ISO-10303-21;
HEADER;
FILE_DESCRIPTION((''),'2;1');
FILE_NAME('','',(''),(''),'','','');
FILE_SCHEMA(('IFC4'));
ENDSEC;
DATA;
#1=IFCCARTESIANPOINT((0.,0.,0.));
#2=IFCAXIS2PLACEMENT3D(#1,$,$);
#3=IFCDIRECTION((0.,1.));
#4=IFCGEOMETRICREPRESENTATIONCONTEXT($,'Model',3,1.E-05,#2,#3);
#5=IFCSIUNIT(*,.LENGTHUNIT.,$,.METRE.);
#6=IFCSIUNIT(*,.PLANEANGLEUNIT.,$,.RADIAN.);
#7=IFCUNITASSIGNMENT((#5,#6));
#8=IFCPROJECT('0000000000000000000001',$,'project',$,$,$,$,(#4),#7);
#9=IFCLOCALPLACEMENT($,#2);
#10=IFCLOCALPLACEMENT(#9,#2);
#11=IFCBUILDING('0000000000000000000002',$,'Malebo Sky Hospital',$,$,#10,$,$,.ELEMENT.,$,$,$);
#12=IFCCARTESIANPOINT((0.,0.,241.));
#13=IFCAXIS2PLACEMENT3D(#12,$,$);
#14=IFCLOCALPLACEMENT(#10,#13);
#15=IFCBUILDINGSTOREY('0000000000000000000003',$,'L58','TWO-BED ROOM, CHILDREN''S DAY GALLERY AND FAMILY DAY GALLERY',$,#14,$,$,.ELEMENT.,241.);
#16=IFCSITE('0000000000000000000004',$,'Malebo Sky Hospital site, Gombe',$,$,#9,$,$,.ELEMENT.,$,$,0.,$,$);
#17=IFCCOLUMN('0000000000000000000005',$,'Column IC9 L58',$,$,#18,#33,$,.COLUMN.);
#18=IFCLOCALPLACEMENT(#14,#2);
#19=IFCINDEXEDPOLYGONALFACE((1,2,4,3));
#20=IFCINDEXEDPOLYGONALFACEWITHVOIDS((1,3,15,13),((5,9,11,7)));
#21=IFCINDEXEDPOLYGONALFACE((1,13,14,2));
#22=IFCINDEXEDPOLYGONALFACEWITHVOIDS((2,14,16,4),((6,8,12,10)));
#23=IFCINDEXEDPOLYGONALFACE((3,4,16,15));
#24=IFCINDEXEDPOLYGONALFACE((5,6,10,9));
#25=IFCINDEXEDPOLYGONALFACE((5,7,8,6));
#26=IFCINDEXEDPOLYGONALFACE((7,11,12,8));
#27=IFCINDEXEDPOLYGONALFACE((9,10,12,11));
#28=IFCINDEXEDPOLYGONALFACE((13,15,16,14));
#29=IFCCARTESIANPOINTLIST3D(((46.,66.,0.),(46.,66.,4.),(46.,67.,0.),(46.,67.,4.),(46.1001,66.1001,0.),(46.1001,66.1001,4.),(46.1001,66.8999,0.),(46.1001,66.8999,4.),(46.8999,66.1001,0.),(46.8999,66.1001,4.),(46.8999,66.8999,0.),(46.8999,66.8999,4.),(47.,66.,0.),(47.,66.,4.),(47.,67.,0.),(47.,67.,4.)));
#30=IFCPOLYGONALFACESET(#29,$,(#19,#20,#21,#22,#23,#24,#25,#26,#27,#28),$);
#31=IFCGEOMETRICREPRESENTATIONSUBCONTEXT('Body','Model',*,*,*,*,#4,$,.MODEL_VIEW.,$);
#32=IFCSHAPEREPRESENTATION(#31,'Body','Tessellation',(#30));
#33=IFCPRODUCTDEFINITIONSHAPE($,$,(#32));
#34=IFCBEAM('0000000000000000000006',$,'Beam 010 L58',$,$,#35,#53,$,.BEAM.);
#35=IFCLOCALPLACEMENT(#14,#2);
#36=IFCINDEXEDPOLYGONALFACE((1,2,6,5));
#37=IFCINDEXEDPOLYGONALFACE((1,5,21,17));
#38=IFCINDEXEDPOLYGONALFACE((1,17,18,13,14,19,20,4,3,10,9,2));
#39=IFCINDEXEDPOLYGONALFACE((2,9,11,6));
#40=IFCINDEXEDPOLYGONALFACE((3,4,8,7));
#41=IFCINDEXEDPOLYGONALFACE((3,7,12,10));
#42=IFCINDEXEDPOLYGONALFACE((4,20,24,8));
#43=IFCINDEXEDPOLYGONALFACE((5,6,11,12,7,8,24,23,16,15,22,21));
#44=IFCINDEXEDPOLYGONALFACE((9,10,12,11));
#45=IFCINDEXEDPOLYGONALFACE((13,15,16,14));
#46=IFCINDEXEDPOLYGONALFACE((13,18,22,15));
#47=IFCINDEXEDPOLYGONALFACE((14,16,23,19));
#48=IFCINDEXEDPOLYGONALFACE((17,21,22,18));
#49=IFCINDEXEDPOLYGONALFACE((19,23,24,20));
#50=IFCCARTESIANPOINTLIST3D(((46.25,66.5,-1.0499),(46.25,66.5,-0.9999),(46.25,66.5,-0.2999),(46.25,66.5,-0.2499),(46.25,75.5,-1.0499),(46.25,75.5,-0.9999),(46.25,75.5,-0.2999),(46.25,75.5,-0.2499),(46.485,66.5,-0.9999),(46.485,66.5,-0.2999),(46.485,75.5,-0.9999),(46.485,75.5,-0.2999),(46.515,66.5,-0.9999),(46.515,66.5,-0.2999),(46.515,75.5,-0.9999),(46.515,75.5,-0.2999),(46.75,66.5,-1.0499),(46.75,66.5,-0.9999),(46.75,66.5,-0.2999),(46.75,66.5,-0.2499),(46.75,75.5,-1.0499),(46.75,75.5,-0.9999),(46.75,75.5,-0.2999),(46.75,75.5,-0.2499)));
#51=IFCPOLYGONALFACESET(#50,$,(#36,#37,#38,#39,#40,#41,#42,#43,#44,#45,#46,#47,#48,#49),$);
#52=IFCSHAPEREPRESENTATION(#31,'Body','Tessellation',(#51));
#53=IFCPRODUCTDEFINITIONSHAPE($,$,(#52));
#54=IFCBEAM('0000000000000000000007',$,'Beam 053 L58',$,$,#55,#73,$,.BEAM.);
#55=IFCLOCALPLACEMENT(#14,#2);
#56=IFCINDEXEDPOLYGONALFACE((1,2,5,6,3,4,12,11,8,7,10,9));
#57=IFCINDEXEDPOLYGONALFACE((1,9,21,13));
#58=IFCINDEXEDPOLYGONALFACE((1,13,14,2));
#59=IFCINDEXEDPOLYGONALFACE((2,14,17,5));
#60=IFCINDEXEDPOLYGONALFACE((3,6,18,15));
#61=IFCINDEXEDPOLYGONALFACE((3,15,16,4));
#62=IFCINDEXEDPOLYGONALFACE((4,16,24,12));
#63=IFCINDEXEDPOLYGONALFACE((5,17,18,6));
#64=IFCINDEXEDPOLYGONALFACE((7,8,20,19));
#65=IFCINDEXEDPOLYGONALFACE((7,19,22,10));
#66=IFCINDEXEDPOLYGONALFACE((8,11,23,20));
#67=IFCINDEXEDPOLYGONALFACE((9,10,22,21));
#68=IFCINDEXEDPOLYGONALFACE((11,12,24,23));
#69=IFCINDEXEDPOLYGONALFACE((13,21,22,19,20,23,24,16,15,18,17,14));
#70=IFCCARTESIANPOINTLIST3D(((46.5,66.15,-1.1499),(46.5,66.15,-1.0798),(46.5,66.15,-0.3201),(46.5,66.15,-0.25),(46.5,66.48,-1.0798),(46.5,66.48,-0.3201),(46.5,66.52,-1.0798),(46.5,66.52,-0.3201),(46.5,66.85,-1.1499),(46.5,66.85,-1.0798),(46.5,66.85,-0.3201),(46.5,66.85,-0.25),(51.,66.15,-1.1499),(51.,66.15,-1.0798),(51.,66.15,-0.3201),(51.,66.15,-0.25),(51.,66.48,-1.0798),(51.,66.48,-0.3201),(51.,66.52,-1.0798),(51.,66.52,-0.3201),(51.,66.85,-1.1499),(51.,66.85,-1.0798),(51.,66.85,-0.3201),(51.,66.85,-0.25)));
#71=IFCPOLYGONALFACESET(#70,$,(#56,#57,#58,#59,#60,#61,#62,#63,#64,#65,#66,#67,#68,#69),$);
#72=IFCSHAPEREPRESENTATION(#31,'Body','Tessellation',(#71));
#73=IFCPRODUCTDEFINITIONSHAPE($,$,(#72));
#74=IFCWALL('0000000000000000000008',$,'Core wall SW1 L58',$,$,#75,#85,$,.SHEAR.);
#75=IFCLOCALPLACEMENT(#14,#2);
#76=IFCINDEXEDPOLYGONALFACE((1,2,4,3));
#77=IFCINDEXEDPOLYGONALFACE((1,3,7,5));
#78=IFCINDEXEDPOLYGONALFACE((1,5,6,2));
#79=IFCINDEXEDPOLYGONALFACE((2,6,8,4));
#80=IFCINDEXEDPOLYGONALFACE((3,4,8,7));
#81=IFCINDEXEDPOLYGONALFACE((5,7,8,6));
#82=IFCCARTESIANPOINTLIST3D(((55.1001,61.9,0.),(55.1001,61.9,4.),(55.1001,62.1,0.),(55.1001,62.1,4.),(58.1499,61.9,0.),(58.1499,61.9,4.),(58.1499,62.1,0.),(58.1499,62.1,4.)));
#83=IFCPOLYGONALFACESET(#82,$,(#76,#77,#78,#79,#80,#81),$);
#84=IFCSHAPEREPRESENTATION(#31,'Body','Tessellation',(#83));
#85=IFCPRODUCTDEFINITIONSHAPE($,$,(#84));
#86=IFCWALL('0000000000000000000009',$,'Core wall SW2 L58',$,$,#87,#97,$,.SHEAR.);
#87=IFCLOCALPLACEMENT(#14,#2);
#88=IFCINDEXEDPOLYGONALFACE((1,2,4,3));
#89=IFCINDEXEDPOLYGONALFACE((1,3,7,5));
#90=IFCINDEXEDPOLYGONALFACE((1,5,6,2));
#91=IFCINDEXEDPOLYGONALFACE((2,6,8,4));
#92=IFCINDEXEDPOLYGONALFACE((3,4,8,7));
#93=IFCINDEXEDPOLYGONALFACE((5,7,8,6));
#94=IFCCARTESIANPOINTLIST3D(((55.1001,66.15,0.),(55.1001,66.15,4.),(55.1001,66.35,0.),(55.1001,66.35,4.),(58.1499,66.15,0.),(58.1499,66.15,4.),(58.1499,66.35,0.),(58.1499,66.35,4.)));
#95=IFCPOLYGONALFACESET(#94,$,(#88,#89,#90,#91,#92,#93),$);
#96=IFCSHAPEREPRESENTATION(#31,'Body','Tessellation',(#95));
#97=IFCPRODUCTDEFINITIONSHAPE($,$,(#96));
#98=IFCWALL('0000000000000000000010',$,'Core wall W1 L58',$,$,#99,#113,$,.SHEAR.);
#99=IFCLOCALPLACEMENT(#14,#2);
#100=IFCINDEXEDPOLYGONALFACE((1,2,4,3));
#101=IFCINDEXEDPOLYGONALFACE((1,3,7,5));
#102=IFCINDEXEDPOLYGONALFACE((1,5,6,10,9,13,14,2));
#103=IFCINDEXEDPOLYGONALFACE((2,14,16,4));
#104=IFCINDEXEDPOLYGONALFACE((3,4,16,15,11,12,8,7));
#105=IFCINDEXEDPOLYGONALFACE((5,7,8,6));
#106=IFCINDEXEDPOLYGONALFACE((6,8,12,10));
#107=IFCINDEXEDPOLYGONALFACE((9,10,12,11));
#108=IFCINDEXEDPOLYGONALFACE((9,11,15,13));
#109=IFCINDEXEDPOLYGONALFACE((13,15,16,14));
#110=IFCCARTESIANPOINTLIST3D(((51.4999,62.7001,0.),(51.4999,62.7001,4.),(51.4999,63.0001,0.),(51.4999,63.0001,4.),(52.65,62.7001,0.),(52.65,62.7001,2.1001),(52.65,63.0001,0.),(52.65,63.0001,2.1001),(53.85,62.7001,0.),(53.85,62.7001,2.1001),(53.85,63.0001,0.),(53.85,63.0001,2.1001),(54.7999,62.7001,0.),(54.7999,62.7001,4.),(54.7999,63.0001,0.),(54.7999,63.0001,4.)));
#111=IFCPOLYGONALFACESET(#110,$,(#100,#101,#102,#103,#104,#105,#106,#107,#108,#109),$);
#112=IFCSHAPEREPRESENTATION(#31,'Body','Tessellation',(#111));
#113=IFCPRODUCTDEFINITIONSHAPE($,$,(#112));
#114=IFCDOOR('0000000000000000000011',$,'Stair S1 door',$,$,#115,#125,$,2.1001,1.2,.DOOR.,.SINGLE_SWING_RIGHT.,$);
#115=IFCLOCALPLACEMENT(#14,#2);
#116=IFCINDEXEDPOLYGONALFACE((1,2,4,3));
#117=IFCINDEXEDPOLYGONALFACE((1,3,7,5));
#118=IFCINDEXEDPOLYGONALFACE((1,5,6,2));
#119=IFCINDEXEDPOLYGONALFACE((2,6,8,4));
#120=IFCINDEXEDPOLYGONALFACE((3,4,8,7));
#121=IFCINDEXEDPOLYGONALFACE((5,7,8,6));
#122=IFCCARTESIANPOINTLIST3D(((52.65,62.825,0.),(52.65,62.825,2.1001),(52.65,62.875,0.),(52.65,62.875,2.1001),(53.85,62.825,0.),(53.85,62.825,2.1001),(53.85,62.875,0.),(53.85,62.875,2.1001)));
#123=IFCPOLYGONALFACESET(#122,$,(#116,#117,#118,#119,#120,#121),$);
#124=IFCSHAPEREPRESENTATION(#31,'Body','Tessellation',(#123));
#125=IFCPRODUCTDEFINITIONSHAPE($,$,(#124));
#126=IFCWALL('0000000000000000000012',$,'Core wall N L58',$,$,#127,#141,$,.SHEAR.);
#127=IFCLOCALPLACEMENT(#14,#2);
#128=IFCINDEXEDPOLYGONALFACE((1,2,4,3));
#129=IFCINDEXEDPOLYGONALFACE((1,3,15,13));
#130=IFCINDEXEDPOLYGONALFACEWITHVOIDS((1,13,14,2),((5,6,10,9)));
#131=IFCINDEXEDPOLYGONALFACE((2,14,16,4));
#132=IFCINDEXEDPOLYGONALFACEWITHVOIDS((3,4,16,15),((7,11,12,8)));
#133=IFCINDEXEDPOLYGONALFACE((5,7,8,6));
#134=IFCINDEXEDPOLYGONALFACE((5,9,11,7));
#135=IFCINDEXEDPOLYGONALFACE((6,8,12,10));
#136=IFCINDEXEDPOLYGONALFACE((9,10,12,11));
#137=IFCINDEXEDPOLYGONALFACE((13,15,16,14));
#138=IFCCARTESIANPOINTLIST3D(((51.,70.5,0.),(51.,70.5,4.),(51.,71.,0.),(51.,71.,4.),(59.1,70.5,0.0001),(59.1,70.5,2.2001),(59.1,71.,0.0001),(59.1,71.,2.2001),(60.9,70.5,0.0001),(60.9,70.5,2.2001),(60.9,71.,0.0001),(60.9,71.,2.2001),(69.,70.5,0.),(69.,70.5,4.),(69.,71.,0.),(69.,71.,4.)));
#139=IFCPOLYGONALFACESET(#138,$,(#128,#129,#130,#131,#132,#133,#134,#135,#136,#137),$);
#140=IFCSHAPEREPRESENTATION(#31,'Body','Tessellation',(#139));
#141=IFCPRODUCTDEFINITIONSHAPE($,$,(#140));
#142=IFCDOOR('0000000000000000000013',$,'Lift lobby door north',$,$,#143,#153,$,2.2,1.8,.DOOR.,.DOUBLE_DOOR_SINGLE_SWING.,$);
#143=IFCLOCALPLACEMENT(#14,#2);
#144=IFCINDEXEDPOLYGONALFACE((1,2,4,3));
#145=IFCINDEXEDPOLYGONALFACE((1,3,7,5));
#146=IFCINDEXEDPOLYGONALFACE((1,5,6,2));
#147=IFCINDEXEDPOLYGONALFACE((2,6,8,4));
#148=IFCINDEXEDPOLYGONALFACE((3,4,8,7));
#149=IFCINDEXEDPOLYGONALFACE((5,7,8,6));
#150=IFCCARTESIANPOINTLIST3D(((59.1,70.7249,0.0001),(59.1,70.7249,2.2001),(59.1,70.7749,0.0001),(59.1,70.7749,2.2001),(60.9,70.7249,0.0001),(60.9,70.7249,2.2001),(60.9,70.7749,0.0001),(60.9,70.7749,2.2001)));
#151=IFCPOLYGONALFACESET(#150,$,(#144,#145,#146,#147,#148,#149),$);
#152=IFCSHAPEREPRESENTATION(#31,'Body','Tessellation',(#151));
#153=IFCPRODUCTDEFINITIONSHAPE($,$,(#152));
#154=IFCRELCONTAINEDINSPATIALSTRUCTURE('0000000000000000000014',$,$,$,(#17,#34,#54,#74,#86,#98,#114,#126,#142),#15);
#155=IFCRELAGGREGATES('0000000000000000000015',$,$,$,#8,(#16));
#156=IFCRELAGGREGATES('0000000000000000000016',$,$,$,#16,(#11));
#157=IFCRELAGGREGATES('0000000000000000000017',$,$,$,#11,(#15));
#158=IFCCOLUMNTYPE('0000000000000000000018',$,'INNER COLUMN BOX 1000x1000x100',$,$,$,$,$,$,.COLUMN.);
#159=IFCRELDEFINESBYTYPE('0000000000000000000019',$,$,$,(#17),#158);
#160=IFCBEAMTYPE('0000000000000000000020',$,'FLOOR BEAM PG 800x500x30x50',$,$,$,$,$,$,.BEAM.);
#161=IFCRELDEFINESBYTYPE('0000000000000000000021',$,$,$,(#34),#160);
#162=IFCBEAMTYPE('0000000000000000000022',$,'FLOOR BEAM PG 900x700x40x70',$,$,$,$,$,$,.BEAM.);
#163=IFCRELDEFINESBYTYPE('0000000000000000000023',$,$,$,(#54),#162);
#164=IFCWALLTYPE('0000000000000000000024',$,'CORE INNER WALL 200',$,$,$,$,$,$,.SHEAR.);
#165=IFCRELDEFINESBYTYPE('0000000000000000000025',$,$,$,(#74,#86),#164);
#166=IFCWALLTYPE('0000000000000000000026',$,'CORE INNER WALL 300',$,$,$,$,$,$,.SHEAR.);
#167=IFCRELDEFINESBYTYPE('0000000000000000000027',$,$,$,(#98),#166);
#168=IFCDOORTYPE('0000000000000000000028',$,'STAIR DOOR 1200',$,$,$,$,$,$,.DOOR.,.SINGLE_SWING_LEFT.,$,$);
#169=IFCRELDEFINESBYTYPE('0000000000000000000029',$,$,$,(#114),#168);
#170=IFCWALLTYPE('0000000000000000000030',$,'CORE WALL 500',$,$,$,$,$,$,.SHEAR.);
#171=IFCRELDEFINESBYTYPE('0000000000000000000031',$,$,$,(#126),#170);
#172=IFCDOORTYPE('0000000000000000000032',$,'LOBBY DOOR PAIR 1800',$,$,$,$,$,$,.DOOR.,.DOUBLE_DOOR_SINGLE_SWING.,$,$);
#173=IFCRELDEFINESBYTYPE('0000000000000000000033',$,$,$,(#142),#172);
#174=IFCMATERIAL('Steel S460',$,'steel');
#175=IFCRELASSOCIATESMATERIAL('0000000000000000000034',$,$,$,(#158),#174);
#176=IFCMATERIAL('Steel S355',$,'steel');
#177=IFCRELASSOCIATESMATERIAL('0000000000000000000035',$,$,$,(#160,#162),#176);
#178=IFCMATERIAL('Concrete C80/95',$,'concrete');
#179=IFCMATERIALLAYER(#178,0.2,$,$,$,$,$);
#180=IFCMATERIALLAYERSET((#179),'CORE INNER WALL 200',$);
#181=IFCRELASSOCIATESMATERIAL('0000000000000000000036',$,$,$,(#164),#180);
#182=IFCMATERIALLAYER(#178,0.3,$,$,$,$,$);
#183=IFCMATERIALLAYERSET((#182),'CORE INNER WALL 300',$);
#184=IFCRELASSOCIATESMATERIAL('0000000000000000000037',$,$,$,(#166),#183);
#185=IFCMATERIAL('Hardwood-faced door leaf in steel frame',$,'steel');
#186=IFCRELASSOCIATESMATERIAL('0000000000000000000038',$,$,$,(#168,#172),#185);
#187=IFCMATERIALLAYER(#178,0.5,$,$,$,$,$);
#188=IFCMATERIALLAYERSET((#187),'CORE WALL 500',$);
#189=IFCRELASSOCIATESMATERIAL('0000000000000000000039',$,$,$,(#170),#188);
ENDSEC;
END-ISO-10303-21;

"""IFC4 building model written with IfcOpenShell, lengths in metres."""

from ifc_helpers import new_model, si_unit, direction, frame, frame_2d, origin, origin_2d, place, context, subcontext, project, spatial, rectangle, hollow_rectangle, i_section, extrude, material, layer, layer_set, material_profile, profile_set, type_object, element, fill, save


model = new_model("IFC4")

# Units and contexts
model_context = context("Model", 3, precision=1e-05, world=origin(), true_north=direction((0.0, 1.0)))
body_context = subcontext(model_context, "Body", "Model", "MODEL_VIEW")
ifc_project = project(units=[si_unit("LENGTHUNIT", "METRE"), si_unit("PLANEANGLEUNIT", "RADIAN")], contexts=[model_context])

# Site, building, storey
site_placement = place(None, origin())
site = spatial("IfcSite", under=ifc_project, at=site_placement, Name="Malebo Sky Hospital site, Gombe", CompositionType="ELEMENT", RefElevation=0.0)
building_placement = place(site_placement, origin())
building = spatial("IfcBuilding", under=site, at=building_placement, Name="Malebo Sky Hospital", CompositionType="ELEMENT")
storey_placement = place(building_placement, frame((0.0, 0.0, 241.0)))
storey = spatial("IfcBuildingStorey", under=building, at=storey_placement, Name="L58", Description="TWO-BED ROOM, CHILDREN'S DAY GALLERY AND FAMILY DAY GALLERY", CompositionType="ELEMENT", Elevation=241.0)

# Column
ifc_material_1 = material(Name="Steel S460", Category="steel")
ifc_material_profile_1 = material_profile(ifc_material_1, hollow_rectangle(XDim=1.0, YDim=1.0, WallThickness=0.1001, at=origin_2d()), Name="BOX 1000x1000x100")
ifc_profile_set_1 = profile_set([ifc_material_profile_1], Name="Steel S460")
column_type = type_object("IfcColumnType", Name="INNER COLUMN BOX 1000x1000x100", PredefinedType="COLUMN", material=ifc_profile_set_1)
column_placement = place(storey_placement, frame((46.5, 66.5, 0.0), z_axis=(0.0, 0.0, 1.0), x_axis=(1.0, 0.0, 0.0)))
element("IfcColumn", 1, at=column_placement, inside=storey, type_object=column_type, Name="Column IC9 L58", PredefinedType="COLUMN", context=body_context, shape_type="SweptSolid", body=[
    extrude(hollow_rectangle(XDim=1.0, YDim=1.0, WallThickness=0.1001, at=origin_2d()), origin(), (0.0, 0.0, 1.0), 4.0),
])

# Beams
ifc_material_2 = material(Name="Steel S355", Category="steel")
ifc_material_profile_2 = material_profile(ifc_material_2, i_section(OverallWidth=0.5, OverallDepth=0.8, WebThickness=0.03, FlangeThickness=0.05, at=origin_2d()), Name="PG 800x500x30x50")
ifc_profile_set_2 = profile_set([ifc_material_profile_2], Name="Steel S355")
beam_type_1 = type_object("IfcBeamType", Name="FLOOR BEAM PG 800x500x30x50", PredefinedType="BEAM", material=ifc_profile_set_2)
beam_1_placement = place(storey_placement, frame((46.5, 66.5, -0.6499), z_axis=(0.0, 1.0, 0.0), x_axis=(-1.0, 0.0, 0.0)))
element("IfcBeam", 2, at=beam_1_placement, inside=storey, type_object=beam_type_1, Name="Beam 010 L58", PredefinedType="BEAM", context=body_context, shape_type="SweptSolid", body=[
    extrude(i_section(OverallWidth=0.5, OverallDepth=0.8, WebThickness=0.03, FlangeThickness=0.05, at=origin_2d()), origin(), (0.0, 0.0, 1.0), 9.0),
])
ifc_material_profile_3 = material_profile(ifc_material_2, i_section(OverallWidth=0.7, OverallDepth=0.8999, WebThickness=0.04, FlangeThickness=0.0701, at=origin_2d()), Name="PG 900x700x40x70")
ifc_profile_set_3 = profile_set([ifc_material_profile_3], Name="Steel S355")
beam_type_2 = type_object("IfcBeamType", Name="FLOOR BEAM PG 900x700x40x70", PredefinedType="BEAM", material=ifc_profile_set_3)
beam_2_placement = place(storey_placement, frame((46.5, 66.5, -0.7), z_axis=(1.0, 0.0, 0.0), x_axis=(0.0, 1.0, 0.0)))
element("IfcBeam", 3, at=beam_2_placement, inside=storey, type_object=beam_type_2, Name="Beam 053 L58", PredefinedType="BEAM", context=body_context, shape_type="SweptSolid", body=[
    extrude(i_section(OverallWidth=0.7, OverallDepth=0.8999, WebThickness=0.04, FlangeThickness=0.0701, at=origin_2d()), origin(), (0.0, 0.0, 1.0), 4.5),
])

# Walls
ifc_material_3 = material(Name="Concrete C80/95", Category="concrete")
ifc_layer_1 = layer(ifc_material_3, 0.2)
ifc_layer_set_1 = layer_set([ifc_layer_1], Name="CORE INNER WALL 200")
wall_type_1 = type_object("IfcWallType", Name="CORE INNER WALL 200", PredefinedType="SHEAR", material=ifc_layer_set_1)
for number, where, z_axis, x_axis, name in (
    (4, (55.1001, 62.0, 0.0), (0.0, 0.0, 1.0), (1.0, 0.0, 0.0), "Core wall SW1 L58"),
    (5, (55.1001, 66.25, 0.0), (0.0, 0.0, 1.0), (1.0, 0.0, 0.0), "Core wall SW2 L58"),
):
    element("IfcWall", number, at=place(storey_placement, frame(where, z_axis=z_axis, x_axis=x_axis)), inside=storey, type_object=wall_type_1, Name=name, PredefinedType="SHEAR", context=body_context, shape_type="SweptSolid", body=[
        extrude(rectangle(XDim=3.0498, YDim=0.2, at=frame_2d((1.5249, 0.0))), origin(), (0.0, 0.0, 1.0), 4.0),
    ])

# Walls, openings, doors
ifc_layer_2 = layer(ifc_material_3, 0.3)
ifc_layer_set_2 = layer_set([ifc_layer_2], Name="CORE INNER WALL 300")
wall_type_2 = type_object("IfcWallType", Name="CORE INNER WALL 300", PredefinedType="SHEAR", material=ifc_layer_set_2)
wall_1_placement = place(storey_placement, frame((51.5, 62.8501, 0.0), z_axis=(0.0, 0.0, 1.0), x_axis=(1.0, 0.0, 0.0)))
wall_1 = element("IfcWall", 6, at=wall_1_placement, inside=storey, type_object=wall_type_2, Name="Core wall W1 L58", PredefinedType="SHEAR", context=body_context, shape_type="SweptSolid", body=[
    extrude(rectangle(XDim=3.3, YDim=0.3, at=frame_2d((1.6499, 0.0))), origin(), (0.0, 0.0, 1.0), 4.0),
])
opening_1_placement = place(wall_1_placement, frame((1.1499, 0.0, 0.0)))
opening_1 = element("IfcOpeningElement", 7, at=opening_1_placement, cuts=wall_1, PredefinedType="OPENING", context=body_context, shape_type="SweptSolid", body=[
    extrude(rectangle(XDim=1.2, YDim=2.1001, at=frame_2d((0.6001, 1.05))), frame((0.0, 0.1599, 0.0), z_axis=(0.0, -1.0, 0.0), x_axis=(1.0, 0.0, 0.0)), (0.0, 0.0, 1.0), 0.3201),
])
ifc_material_4 = material(Name="Hardwood-faced door leaf in steel frame", Category="steel")
door_type_1 = type_object("IfcDoorType", Name="STAIR DOOR 1200", OperationType="SINGLE_SWING_LEFT", PredefinedType="DOOR", material=ifc_material_4)
door_1_placement = place(opening_1_placement, origin())
door_1 = element("IfcDoor", 8, at=door_1_placement, inside=storey, type_object=door_type_1, Name="Stair S1 door", OperationType="SINGLE_SWING_RIGHT", OverallHeight=2.1001, OverallWidth=1.2, PredefinedType="DOOR", context=body_context, shape_type="SweptSolid", body=[
    extrude(rectangle(XDim=1.2, YDim=2.1001, at=frame_2d((0.6001, 1.05))), frame((0.0, 0.0249, 0.0), z_axis=(0.0, -1.0, 0.0), x_axis=(1.0, 0.0, 0.0)), (0.0, 0.0, 1.0), 0.05),
])
fill(opening_1, door_1)
ifc_layer_3 = layer(ifc_material_3, 0.5)
ifc_layer_set_3 = layer_set([ifc_layer_3], Name="CORE WALL 500")
wall_type_3 = type_object("IfcWallType", Name="CORE WALL 500", PredefinedType="SHEAR", material=ifc_layer_set_3)
wall_2_placement = place(storey_placement, frame((51.0, 70.75, 0.0), z_axis=(0.0, 0.0, 1.0), x_axis=(1.0, 0.0, 0.0)))
wall_2 = element("IfcWall", 9, at=wall_2_placement, inside=storey, type_object=wall_type_3, Name="Core wall N L58", PredefinedType="SHEAR", context=body_context, shape_type="SweptSolid", body=[
    extrude(rectangle(XDim=18.0, YDim=0.5, at=frame_2d((9.0, 0.0))), origin(), (0.0, 0.0, 1.0), 4.0),
])
opening_2_placement = place(wall_2_placement, frame((8.1001, 0.0, 0.0)))
opening_2 = element("IfcOpeningElement", 10, at=opening_2_placement, cuts=wall_2, PredefinedType="OPENING", context=body_context, shape_type="SweptSolid", body=[
    extrude(rectangle(XDim=1.8, YDim=2.2, at=frame_2d((0.8999, 1.1001))), frame((0.0, 0.26, 0.0), z_axis=(0.0, -1.0, 0.0), x_axis=(1.0, 0.0, 0.0)), (0.0, 0.0, 1.0), 0.52),
])
door_type_2 = type_object("IfcDoorType", Name="LOBBY DOOR PAIR 1800", OperationType="DOUBLE_DOOR_SINGLE_SWING", PredefinedType="DOOR", material=ifc_material_4)
door_2_placement = place(opening_2_placement, origin())
door_2 = element("IfcDoor", 11, at=door_2_placement, inside=storey, type_object=door_type_2, Name="Lift lobby door north", OperationType="DOUBLE_DOOR_SINGLE_SWING", OverallHeight=2.2, OverallWidth=1.8, PredefinedType="DOOR", context=body_context, shape_type="SweptSolid", body=[
    extrude(rectangle(XDim=1.8, YDim=2.2, at=frame_2d((0.8999, 1.1001))), frame((0.0, 0.0249, 0.0), z_axis=(0.0, -1.0, 0.0), x_axis=(1.0, 0.0, 0.0)), (0.0, 0.0, 1.0), 0.05),
])
fill(opening_2, door_2)

save(model, "model.ifc")
